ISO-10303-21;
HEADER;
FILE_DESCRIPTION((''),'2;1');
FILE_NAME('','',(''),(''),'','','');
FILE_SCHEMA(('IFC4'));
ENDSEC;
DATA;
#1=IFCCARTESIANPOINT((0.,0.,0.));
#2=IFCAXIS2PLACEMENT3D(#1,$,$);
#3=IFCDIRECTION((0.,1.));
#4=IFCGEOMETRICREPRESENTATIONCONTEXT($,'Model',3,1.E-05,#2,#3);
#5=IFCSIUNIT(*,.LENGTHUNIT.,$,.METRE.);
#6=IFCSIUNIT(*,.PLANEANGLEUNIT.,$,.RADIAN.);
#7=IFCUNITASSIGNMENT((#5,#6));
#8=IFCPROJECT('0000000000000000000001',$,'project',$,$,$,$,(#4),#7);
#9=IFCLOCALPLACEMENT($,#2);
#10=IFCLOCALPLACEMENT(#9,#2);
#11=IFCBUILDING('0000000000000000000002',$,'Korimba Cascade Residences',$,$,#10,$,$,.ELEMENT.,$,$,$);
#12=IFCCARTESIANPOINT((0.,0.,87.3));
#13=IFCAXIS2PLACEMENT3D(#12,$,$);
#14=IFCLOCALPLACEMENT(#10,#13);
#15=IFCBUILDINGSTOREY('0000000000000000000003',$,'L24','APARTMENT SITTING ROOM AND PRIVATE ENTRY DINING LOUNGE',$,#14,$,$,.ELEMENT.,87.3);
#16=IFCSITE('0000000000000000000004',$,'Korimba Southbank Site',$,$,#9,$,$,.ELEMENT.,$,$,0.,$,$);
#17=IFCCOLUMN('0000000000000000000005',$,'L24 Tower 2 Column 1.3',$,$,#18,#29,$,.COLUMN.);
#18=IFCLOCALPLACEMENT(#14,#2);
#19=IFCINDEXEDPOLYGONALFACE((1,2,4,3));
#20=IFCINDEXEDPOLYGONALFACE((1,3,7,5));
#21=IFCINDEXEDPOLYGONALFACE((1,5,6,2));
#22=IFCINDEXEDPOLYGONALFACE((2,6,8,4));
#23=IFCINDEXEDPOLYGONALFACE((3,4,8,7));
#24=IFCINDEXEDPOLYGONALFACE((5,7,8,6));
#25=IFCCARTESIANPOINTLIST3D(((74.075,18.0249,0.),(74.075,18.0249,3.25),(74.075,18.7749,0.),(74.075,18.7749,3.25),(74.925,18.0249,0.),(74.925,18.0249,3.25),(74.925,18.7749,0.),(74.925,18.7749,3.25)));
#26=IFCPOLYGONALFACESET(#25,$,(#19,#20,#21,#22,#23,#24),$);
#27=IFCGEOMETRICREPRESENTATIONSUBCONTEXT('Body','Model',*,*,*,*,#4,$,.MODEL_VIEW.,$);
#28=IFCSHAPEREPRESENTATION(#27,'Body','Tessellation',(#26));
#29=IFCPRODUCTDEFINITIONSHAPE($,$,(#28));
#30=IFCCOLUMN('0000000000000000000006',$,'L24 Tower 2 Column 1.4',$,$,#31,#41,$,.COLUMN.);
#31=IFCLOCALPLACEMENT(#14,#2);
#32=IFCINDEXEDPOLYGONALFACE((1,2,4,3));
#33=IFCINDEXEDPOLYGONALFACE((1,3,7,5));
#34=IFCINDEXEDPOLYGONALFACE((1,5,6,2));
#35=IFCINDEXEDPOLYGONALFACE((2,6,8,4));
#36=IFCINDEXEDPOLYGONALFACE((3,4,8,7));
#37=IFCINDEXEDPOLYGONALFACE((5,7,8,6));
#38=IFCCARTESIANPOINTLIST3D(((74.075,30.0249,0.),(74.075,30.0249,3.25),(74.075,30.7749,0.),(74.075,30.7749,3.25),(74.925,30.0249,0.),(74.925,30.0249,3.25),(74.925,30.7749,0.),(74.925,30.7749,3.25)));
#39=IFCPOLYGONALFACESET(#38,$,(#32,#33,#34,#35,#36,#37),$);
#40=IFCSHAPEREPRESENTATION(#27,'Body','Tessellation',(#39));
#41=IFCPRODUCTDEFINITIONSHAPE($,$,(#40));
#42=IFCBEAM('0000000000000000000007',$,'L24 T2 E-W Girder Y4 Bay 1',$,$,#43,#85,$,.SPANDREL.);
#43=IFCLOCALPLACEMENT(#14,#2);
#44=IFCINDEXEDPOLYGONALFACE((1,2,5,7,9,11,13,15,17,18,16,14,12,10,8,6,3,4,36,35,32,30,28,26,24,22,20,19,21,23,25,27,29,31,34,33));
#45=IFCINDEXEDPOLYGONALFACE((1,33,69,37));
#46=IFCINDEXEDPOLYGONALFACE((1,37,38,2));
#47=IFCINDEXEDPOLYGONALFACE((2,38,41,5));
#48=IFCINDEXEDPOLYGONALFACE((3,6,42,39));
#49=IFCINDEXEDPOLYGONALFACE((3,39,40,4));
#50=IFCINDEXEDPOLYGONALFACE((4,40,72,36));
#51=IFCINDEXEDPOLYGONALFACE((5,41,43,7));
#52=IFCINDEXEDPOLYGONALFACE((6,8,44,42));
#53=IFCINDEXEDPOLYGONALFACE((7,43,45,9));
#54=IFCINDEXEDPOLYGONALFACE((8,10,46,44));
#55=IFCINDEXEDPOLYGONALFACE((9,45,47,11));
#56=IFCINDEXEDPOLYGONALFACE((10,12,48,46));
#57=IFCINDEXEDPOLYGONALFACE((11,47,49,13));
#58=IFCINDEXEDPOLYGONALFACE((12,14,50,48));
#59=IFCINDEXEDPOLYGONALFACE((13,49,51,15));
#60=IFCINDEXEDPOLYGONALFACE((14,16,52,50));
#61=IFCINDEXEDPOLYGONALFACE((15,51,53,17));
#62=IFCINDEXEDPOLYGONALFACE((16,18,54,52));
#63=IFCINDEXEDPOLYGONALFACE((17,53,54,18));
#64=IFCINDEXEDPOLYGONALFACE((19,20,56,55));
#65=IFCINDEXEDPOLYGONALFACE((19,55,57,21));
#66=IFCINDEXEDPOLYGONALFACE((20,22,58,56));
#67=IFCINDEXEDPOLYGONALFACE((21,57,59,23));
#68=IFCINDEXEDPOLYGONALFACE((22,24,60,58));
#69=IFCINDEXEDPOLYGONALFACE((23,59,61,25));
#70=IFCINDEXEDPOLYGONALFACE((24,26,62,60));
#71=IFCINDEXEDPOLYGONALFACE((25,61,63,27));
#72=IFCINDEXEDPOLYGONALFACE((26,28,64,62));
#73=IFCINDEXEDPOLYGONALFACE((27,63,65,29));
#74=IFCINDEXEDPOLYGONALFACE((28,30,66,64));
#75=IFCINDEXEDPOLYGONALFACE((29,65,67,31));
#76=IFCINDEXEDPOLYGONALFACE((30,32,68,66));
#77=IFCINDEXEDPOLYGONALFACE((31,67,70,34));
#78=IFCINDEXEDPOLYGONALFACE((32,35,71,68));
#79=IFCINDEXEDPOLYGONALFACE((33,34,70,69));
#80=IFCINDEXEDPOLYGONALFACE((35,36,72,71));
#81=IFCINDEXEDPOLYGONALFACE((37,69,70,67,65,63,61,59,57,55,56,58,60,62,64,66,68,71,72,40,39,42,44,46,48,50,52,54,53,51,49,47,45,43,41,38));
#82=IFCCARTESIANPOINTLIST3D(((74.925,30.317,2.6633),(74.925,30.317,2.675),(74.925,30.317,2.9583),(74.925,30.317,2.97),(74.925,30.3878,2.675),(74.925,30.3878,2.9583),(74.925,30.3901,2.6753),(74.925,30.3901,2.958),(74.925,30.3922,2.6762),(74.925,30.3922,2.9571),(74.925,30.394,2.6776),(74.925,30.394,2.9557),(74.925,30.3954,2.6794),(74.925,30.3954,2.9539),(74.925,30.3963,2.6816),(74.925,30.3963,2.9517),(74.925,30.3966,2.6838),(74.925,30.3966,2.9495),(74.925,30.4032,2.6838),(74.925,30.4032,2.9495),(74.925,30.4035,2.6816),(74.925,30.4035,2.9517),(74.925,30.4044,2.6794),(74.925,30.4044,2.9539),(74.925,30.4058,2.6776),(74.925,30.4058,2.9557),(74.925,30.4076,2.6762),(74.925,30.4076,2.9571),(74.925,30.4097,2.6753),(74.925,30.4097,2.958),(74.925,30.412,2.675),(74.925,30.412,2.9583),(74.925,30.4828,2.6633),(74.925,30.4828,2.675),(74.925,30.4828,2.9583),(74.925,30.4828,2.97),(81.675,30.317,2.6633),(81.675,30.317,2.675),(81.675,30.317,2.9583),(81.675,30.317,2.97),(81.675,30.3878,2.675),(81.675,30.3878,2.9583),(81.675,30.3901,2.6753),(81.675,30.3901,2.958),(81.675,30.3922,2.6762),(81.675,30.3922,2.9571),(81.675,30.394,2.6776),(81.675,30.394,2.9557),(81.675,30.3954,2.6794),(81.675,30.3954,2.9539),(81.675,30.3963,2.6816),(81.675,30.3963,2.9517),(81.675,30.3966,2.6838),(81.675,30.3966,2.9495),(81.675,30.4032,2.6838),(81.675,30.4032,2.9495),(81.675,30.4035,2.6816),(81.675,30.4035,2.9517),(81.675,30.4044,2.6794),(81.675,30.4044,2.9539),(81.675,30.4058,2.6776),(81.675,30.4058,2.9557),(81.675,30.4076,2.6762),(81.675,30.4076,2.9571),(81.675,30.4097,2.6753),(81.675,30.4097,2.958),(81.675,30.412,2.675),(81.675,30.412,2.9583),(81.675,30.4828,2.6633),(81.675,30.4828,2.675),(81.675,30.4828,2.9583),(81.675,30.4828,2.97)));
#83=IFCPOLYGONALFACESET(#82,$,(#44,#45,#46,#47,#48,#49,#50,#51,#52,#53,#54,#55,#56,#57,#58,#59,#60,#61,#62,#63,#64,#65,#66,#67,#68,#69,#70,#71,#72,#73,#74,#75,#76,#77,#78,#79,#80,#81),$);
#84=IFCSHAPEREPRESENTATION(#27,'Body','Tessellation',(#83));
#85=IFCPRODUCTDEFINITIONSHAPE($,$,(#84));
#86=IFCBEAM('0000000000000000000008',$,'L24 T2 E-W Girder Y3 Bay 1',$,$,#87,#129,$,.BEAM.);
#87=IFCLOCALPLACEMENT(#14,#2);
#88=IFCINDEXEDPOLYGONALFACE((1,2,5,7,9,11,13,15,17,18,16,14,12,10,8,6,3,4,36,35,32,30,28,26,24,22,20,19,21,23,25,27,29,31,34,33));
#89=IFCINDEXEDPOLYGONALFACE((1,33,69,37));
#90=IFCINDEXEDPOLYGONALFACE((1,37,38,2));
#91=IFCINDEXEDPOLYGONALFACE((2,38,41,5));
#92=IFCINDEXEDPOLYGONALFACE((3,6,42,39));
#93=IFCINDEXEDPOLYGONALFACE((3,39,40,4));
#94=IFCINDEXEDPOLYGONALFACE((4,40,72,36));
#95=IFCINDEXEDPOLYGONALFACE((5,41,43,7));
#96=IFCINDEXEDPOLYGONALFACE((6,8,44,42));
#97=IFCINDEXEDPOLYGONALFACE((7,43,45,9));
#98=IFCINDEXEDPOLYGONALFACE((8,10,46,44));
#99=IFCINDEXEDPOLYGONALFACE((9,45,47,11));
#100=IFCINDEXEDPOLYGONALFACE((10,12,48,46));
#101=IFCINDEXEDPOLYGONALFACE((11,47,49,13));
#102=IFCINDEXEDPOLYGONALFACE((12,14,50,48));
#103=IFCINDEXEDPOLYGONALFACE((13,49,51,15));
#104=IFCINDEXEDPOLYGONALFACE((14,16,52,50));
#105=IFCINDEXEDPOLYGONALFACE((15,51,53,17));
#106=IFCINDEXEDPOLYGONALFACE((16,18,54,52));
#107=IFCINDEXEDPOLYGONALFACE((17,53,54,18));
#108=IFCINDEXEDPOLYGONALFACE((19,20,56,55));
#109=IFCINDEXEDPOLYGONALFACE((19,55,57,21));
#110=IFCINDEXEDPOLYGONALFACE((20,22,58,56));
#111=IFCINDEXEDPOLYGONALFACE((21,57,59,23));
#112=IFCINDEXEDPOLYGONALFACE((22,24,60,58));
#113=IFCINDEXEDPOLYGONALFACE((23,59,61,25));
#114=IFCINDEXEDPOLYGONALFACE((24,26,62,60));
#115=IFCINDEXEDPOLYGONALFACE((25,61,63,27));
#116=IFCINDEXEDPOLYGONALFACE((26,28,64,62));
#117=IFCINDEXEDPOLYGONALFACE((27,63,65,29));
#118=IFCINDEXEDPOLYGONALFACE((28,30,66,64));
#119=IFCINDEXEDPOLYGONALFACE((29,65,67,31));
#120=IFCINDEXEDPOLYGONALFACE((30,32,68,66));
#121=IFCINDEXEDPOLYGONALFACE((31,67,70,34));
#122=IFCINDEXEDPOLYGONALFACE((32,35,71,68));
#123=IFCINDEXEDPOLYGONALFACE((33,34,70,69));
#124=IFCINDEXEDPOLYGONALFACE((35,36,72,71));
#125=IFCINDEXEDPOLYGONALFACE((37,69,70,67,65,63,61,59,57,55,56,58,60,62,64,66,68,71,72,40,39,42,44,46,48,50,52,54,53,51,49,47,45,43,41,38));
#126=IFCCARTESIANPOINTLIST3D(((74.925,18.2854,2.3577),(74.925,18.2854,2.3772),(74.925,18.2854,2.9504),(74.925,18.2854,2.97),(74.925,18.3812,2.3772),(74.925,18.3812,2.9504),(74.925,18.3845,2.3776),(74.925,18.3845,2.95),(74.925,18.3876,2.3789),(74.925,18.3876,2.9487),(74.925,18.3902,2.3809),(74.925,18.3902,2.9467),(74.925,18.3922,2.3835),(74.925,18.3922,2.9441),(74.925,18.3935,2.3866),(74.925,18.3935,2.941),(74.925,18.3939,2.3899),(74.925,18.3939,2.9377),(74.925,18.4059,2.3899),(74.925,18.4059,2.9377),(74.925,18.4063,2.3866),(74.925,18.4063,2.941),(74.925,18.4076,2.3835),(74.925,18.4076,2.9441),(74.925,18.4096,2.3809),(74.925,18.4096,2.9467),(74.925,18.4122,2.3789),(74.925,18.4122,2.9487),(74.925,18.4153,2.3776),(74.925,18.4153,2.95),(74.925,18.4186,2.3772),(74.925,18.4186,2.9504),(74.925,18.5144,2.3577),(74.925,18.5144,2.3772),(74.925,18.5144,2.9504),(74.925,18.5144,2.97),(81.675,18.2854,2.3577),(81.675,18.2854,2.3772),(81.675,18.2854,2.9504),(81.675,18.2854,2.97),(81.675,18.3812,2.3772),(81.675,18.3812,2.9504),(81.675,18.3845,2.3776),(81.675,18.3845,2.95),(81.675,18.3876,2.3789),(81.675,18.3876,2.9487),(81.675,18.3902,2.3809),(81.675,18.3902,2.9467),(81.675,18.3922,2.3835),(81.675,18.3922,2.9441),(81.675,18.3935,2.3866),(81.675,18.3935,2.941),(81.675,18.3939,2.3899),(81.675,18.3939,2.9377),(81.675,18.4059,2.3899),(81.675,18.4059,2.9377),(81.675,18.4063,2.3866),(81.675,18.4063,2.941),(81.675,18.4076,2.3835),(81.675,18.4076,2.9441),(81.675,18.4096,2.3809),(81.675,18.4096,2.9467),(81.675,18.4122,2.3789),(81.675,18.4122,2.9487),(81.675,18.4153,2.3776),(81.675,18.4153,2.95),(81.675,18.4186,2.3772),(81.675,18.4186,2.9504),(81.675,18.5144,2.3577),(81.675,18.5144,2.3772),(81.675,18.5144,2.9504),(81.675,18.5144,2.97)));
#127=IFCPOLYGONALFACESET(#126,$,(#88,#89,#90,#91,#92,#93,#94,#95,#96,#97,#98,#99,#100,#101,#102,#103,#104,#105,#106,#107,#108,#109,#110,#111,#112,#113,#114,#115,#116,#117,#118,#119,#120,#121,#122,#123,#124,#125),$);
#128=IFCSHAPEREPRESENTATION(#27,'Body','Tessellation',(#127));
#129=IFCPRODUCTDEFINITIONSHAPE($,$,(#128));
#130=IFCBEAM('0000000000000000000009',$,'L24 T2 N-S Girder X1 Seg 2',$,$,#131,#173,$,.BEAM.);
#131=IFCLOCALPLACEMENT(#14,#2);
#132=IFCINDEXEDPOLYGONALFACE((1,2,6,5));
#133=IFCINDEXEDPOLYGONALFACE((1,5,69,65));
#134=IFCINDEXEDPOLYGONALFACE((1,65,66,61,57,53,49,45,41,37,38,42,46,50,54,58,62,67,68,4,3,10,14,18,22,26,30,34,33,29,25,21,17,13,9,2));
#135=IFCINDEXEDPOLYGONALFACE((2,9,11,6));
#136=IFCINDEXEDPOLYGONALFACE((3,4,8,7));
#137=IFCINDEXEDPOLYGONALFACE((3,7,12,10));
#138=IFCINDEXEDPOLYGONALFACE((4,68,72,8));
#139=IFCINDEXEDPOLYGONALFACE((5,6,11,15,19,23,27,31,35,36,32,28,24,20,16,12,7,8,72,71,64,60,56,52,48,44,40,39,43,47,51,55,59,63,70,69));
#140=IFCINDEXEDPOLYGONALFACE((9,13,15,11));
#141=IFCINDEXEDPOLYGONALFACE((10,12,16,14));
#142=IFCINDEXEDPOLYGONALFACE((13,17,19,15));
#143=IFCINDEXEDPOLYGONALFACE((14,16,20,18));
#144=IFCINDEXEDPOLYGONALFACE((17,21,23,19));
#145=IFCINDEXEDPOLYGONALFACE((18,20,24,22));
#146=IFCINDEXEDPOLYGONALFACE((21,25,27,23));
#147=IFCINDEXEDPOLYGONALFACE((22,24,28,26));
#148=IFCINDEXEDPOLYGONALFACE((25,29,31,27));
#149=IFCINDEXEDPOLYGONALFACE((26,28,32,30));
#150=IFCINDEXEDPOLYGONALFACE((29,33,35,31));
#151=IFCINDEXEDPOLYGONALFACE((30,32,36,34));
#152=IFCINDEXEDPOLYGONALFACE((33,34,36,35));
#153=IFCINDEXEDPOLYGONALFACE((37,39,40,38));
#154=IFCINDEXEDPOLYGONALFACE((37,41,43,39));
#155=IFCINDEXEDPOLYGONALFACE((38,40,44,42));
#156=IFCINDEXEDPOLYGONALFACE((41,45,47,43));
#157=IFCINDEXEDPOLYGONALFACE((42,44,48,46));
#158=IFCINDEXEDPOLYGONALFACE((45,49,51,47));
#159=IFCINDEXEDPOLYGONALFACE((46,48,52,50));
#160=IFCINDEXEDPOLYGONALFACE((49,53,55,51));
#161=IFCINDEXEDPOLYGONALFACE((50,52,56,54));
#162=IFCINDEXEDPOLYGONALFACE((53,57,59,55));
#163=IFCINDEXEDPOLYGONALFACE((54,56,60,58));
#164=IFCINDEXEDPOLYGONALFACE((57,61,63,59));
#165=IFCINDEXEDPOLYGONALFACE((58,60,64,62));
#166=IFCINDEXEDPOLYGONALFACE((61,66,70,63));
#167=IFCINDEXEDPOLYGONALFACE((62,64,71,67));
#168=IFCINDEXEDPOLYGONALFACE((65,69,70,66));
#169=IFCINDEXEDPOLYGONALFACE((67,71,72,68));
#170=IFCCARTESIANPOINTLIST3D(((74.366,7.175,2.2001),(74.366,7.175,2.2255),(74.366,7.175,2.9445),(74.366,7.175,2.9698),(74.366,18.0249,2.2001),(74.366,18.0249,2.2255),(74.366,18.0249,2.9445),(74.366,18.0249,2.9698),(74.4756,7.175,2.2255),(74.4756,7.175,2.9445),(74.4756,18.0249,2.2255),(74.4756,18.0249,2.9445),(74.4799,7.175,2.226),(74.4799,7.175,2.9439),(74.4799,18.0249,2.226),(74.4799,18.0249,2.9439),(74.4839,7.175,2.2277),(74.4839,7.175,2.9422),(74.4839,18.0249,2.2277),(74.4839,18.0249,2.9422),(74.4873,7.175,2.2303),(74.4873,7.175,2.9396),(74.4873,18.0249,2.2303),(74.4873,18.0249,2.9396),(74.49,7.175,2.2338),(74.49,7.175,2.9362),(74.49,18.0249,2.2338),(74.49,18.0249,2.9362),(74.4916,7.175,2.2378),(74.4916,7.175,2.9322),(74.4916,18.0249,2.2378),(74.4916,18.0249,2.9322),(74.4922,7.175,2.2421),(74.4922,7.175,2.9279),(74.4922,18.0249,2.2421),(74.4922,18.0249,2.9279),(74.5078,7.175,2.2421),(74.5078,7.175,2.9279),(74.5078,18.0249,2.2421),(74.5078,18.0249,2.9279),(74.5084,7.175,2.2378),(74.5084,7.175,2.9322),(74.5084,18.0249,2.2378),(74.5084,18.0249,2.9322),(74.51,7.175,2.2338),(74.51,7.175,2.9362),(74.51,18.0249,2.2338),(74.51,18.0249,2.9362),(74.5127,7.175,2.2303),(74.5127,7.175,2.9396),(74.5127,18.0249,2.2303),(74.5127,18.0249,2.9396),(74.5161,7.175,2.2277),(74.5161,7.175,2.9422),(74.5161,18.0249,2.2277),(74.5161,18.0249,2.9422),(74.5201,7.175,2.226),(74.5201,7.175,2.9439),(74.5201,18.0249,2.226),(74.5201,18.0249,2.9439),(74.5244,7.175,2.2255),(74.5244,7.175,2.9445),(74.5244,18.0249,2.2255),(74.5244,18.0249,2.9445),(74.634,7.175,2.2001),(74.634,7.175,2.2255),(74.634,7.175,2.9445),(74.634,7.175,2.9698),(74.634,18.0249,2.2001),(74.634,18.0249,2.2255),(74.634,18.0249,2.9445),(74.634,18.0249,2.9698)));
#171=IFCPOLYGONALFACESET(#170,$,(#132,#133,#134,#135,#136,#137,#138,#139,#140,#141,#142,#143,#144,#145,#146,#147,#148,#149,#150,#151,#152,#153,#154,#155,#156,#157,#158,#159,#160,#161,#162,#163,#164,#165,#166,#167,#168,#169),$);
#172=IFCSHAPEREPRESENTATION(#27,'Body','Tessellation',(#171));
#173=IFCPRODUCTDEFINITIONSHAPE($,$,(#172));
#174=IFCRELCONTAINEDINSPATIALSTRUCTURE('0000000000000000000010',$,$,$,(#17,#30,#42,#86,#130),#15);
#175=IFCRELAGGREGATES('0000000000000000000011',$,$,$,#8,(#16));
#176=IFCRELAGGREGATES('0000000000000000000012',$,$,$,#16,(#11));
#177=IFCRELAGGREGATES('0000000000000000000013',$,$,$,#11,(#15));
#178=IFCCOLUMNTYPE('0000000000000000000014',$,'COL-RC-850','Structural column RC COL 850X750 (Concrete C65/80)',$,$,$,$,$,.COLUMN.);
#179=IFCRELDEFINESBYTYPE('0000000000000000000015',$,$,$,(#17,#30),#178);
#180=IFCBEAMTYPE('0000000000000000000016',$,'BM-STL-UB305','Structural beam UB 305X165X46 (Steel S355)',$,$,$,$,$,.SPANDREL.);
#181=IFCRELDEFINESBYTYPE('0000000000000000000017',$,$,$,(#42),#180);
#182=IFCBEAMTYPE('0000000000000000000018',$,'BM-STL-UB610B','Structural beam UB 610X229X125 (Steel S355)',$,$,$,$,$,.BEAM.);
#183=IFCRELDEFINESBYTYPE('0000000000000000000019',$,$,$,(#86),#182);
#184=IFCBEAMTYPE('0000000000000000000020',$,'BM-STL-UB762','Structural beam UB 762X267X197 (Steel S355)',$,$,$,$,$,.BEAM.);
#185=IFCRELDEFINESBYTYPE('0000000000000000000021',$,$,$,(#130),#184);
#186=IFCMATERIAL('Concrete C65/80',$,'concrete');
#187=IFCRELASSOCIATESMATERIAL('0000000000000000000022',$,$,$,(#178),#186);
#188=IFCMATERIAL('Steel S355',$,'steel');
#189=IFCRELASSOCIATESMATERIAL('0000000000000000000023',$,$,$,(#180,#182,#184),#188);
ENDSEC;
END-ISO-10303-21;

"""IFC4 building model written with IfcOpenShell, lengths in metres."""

from ifc_helpers import new_model, si_unit, direction, frame, origin, origin_2d, place, context, subcontext, project, spatial, rectangle, i_section, extrude, material, material_profile, profile_set, type_object, element, save


model = new_model("IFC4")

# Units and contexts
model_context = context("Model", 3, precision=1e-05, world=origin(), true_north=direction((0.0, 1.0)))
body_context = subcontext(model_context, "Body", "Model", "MODEL_VIEW")
ifc_project = project(units=[si_unit("LENGTHUNIT", "METRE"), si_unit("PLANEANGLEUNIT", "RADIAN")], contexts=[model_context])

# Site, building, storey
site_placement = place(None, origin())
site = spatial("IfcSite", under=ifc_project, at=site_placement, Name="Korimba Southbank Site", CompositionType="ELEMENT", RefElevation=0.0)
building_placement = place(site_placement, origin())
building = spatial("IfcBuilding", under=site, at=building_placement, Name="Korimba Cascade Residences", CompositionType="ELEMENT")
storey_placement = place(building_placement, frame((0.0, 0.0, 87.3)))
storey = spatial("IfcBuildingStorey", under=building, at=storey_placement, Name="L24", Description="APARTMENT SITTING ROOM AND PRIVATE ENTRY DINING LOUNGE", CompositionType="ELEMENT", Elevation=87.3)

# Columns
ifc_material_1 = material(Name="Concrete C65/80", Category="concrete")
ifc_material_profile_1 = material_profile(ifc_material_1, rectangle(XDim=0.8501, YDim=0.75, at=origin_2d()), Name="Concrete C65/80")
ifc_profile_set_1 = profile_set([ifc_material_profile_1], Name="Concrete C65/80")
column_type = type_object("IfcColumnType", Name="COL-RC-850", Description="Structural column RC COL 850X750 (Concrete C65/80)", PredefinedType="COLUMN", material=ifc_profile_set_1)
for number, where, z_axis, x_axis, name in (
    (1, (74.5, 18.3999, 0.0), (0.0, 0.0, 1.0), (1.0, 0.0, 0.0), "L24 Tower 2 Column 1.3"),
    (2, (74.5, 30.3999, 0.0), (0.0, 0.0, 1.0), (1.0, 0.0, 0.0), "L24 Tower 2 Column 1.4"),
):
    element("IfcColumn", number, at=place(storey_placement, frame(where, z_axis=z_axis, x_axis=x_axis)), inside=storey, type_object=column_type, Name=name, PredefinedType="COLUMN", context=body_context, shape_type="SweptSolid", body=[
        extrude(rectangle(XDim=0.8501, YDim=0.75, at=origin_2d()), origin(), (0.0, 0.0, 1.0), 3.25),
    ])

# Beams
ifc_material_2 = material(Name="Steel S355", Category="steel")
ifc_material_profile_2 = material_profile(ifc_material_2, i_section(OverallWidth=0.1658, OverallDepth=0.3066, WebThickness=0.0066, FlangeThickness=0.0117, FilletRadius=0.0088, at=origin_2d()), Name="Steel S355")
ifc_profile_set_2 = profile_set([ifc_material_profile_2], Name="Steel S355")
beam_type_1 = type_object("IfcBeamType", Name="BM-STL-UB305", Description="Structural beam UB 305X165X46 (Steel S355)", PredefinedType="SPANDREL", material=ifc_profile_set_2)
beam_1_placement = place(storey_placement, frame((74.925, 30.3999, 2.8167), z_axis=(1.0, 0.0, 0.0), x_axis=(0.0, 1.0, 0.0)))
element("IfcBeam", 3, at=beam_1_placement, inside=storey, type_object=beam_type_1, Name="L24 T2 E-W Girder Y4 Bay 1", PredefinedType="SPANDREL", context=body_context, shape_type="SweptSolid", body=[
    extrude(i_section(OverallWidth=0.1658, OverallDepth=0.3066, WebThickness=0.0066, FlangeThickness=0.0117, FilletRadius=0.0088, at=origin_2d()), origin(), (0.0, 0.0, 1.0), 6.75),
])
ifc_material_profile_3 = material_profile(ifc_material_2, i_section(OverallWidth=0.229, OverallDepth=0.6123, WebThickness=0.012, FlangeThickness=0.0195, FilletRadius=0.0127, at=origin_2d()), Name="Steel S355")
ifc_profile_set_3 = profile_set([ifc_material_profile_3], Name="Steel S355")
beam_type_2 = type_object("IfcBeamType", Name="BM-STL-UB610B", Description="Structural beam UB 610X229X125 (Steel S355)", PredefinedType="BEAM", material=ifc_profile_set_3)
beam_2_placement = place(storey_placement, frame((74.925, 18.3999, 2.6638), z_axis=(1.0, 0.0, 0.0), x_axis=(0.0, 1.0, 0.0)))
element("IfcBeam", 4, at=beam_2_placement, inside=storey, type_object=beam_type_2, Name="L24 T2 E-W Girder Y3 Bay 1", PredefinedType="BEAM", context=body_context, shape_type="SweptSolid", body=[
    extrude(i_section(OverallWidth=0.229, OverallDepth=0.6123, WebThickness=0.012, FlangeThickness=0.0195, FilletRadius=0.0127, at=origin_2d()), origin(), (0.0, 0.0, 1.0), 6.75),
])
ifc_material_profile_4 = material_profile(ifc_material_2, i_section(OverallWidth=0.2681, OverallDepth=0.7698, WebThickness=0.0156, FlangeThickness=0.0254, FilletRadius=0.0166, at=origin_2d()), Name="Steel S355")
ifc_profile_set_4 = profile_set([ifc_material_profile_4], Name="Steel S355")
beam_type_3 = type_object("IfcBeamType", Name="BM-STL-UB762", Description="Structural beam UB 762X267X197 (Steel S355)", PredefinedType="BEAM", material=ifc_profile_set_4)
beam_3_placement = place(storey_placement, frame((74.5, 7.175, 2.585), z_axis=(0.0, 1.0, 0.0), x_axis=(-1.0, 0.0, 0.0)))
element("IfcBeam", 5, at=beam_3_placement, inside=storey, type_object=beam_type_3, Name="L24 T2 N-S Girder X1 Seg 2", PredefinedType="BEAM", context=body_context, shape_type="SweptSolid", body=[
    extrude(i_section(OverallWidth=0.2681, OverallDepth=0.7698, WebThickness=0.0156, FlangeThickness=0.0254, FilletRadius=0.0166, at=origin_2d()), origin(), (0.0, 0.0, 1.0), 10.8499),
])

save(model, "model.ifc")
